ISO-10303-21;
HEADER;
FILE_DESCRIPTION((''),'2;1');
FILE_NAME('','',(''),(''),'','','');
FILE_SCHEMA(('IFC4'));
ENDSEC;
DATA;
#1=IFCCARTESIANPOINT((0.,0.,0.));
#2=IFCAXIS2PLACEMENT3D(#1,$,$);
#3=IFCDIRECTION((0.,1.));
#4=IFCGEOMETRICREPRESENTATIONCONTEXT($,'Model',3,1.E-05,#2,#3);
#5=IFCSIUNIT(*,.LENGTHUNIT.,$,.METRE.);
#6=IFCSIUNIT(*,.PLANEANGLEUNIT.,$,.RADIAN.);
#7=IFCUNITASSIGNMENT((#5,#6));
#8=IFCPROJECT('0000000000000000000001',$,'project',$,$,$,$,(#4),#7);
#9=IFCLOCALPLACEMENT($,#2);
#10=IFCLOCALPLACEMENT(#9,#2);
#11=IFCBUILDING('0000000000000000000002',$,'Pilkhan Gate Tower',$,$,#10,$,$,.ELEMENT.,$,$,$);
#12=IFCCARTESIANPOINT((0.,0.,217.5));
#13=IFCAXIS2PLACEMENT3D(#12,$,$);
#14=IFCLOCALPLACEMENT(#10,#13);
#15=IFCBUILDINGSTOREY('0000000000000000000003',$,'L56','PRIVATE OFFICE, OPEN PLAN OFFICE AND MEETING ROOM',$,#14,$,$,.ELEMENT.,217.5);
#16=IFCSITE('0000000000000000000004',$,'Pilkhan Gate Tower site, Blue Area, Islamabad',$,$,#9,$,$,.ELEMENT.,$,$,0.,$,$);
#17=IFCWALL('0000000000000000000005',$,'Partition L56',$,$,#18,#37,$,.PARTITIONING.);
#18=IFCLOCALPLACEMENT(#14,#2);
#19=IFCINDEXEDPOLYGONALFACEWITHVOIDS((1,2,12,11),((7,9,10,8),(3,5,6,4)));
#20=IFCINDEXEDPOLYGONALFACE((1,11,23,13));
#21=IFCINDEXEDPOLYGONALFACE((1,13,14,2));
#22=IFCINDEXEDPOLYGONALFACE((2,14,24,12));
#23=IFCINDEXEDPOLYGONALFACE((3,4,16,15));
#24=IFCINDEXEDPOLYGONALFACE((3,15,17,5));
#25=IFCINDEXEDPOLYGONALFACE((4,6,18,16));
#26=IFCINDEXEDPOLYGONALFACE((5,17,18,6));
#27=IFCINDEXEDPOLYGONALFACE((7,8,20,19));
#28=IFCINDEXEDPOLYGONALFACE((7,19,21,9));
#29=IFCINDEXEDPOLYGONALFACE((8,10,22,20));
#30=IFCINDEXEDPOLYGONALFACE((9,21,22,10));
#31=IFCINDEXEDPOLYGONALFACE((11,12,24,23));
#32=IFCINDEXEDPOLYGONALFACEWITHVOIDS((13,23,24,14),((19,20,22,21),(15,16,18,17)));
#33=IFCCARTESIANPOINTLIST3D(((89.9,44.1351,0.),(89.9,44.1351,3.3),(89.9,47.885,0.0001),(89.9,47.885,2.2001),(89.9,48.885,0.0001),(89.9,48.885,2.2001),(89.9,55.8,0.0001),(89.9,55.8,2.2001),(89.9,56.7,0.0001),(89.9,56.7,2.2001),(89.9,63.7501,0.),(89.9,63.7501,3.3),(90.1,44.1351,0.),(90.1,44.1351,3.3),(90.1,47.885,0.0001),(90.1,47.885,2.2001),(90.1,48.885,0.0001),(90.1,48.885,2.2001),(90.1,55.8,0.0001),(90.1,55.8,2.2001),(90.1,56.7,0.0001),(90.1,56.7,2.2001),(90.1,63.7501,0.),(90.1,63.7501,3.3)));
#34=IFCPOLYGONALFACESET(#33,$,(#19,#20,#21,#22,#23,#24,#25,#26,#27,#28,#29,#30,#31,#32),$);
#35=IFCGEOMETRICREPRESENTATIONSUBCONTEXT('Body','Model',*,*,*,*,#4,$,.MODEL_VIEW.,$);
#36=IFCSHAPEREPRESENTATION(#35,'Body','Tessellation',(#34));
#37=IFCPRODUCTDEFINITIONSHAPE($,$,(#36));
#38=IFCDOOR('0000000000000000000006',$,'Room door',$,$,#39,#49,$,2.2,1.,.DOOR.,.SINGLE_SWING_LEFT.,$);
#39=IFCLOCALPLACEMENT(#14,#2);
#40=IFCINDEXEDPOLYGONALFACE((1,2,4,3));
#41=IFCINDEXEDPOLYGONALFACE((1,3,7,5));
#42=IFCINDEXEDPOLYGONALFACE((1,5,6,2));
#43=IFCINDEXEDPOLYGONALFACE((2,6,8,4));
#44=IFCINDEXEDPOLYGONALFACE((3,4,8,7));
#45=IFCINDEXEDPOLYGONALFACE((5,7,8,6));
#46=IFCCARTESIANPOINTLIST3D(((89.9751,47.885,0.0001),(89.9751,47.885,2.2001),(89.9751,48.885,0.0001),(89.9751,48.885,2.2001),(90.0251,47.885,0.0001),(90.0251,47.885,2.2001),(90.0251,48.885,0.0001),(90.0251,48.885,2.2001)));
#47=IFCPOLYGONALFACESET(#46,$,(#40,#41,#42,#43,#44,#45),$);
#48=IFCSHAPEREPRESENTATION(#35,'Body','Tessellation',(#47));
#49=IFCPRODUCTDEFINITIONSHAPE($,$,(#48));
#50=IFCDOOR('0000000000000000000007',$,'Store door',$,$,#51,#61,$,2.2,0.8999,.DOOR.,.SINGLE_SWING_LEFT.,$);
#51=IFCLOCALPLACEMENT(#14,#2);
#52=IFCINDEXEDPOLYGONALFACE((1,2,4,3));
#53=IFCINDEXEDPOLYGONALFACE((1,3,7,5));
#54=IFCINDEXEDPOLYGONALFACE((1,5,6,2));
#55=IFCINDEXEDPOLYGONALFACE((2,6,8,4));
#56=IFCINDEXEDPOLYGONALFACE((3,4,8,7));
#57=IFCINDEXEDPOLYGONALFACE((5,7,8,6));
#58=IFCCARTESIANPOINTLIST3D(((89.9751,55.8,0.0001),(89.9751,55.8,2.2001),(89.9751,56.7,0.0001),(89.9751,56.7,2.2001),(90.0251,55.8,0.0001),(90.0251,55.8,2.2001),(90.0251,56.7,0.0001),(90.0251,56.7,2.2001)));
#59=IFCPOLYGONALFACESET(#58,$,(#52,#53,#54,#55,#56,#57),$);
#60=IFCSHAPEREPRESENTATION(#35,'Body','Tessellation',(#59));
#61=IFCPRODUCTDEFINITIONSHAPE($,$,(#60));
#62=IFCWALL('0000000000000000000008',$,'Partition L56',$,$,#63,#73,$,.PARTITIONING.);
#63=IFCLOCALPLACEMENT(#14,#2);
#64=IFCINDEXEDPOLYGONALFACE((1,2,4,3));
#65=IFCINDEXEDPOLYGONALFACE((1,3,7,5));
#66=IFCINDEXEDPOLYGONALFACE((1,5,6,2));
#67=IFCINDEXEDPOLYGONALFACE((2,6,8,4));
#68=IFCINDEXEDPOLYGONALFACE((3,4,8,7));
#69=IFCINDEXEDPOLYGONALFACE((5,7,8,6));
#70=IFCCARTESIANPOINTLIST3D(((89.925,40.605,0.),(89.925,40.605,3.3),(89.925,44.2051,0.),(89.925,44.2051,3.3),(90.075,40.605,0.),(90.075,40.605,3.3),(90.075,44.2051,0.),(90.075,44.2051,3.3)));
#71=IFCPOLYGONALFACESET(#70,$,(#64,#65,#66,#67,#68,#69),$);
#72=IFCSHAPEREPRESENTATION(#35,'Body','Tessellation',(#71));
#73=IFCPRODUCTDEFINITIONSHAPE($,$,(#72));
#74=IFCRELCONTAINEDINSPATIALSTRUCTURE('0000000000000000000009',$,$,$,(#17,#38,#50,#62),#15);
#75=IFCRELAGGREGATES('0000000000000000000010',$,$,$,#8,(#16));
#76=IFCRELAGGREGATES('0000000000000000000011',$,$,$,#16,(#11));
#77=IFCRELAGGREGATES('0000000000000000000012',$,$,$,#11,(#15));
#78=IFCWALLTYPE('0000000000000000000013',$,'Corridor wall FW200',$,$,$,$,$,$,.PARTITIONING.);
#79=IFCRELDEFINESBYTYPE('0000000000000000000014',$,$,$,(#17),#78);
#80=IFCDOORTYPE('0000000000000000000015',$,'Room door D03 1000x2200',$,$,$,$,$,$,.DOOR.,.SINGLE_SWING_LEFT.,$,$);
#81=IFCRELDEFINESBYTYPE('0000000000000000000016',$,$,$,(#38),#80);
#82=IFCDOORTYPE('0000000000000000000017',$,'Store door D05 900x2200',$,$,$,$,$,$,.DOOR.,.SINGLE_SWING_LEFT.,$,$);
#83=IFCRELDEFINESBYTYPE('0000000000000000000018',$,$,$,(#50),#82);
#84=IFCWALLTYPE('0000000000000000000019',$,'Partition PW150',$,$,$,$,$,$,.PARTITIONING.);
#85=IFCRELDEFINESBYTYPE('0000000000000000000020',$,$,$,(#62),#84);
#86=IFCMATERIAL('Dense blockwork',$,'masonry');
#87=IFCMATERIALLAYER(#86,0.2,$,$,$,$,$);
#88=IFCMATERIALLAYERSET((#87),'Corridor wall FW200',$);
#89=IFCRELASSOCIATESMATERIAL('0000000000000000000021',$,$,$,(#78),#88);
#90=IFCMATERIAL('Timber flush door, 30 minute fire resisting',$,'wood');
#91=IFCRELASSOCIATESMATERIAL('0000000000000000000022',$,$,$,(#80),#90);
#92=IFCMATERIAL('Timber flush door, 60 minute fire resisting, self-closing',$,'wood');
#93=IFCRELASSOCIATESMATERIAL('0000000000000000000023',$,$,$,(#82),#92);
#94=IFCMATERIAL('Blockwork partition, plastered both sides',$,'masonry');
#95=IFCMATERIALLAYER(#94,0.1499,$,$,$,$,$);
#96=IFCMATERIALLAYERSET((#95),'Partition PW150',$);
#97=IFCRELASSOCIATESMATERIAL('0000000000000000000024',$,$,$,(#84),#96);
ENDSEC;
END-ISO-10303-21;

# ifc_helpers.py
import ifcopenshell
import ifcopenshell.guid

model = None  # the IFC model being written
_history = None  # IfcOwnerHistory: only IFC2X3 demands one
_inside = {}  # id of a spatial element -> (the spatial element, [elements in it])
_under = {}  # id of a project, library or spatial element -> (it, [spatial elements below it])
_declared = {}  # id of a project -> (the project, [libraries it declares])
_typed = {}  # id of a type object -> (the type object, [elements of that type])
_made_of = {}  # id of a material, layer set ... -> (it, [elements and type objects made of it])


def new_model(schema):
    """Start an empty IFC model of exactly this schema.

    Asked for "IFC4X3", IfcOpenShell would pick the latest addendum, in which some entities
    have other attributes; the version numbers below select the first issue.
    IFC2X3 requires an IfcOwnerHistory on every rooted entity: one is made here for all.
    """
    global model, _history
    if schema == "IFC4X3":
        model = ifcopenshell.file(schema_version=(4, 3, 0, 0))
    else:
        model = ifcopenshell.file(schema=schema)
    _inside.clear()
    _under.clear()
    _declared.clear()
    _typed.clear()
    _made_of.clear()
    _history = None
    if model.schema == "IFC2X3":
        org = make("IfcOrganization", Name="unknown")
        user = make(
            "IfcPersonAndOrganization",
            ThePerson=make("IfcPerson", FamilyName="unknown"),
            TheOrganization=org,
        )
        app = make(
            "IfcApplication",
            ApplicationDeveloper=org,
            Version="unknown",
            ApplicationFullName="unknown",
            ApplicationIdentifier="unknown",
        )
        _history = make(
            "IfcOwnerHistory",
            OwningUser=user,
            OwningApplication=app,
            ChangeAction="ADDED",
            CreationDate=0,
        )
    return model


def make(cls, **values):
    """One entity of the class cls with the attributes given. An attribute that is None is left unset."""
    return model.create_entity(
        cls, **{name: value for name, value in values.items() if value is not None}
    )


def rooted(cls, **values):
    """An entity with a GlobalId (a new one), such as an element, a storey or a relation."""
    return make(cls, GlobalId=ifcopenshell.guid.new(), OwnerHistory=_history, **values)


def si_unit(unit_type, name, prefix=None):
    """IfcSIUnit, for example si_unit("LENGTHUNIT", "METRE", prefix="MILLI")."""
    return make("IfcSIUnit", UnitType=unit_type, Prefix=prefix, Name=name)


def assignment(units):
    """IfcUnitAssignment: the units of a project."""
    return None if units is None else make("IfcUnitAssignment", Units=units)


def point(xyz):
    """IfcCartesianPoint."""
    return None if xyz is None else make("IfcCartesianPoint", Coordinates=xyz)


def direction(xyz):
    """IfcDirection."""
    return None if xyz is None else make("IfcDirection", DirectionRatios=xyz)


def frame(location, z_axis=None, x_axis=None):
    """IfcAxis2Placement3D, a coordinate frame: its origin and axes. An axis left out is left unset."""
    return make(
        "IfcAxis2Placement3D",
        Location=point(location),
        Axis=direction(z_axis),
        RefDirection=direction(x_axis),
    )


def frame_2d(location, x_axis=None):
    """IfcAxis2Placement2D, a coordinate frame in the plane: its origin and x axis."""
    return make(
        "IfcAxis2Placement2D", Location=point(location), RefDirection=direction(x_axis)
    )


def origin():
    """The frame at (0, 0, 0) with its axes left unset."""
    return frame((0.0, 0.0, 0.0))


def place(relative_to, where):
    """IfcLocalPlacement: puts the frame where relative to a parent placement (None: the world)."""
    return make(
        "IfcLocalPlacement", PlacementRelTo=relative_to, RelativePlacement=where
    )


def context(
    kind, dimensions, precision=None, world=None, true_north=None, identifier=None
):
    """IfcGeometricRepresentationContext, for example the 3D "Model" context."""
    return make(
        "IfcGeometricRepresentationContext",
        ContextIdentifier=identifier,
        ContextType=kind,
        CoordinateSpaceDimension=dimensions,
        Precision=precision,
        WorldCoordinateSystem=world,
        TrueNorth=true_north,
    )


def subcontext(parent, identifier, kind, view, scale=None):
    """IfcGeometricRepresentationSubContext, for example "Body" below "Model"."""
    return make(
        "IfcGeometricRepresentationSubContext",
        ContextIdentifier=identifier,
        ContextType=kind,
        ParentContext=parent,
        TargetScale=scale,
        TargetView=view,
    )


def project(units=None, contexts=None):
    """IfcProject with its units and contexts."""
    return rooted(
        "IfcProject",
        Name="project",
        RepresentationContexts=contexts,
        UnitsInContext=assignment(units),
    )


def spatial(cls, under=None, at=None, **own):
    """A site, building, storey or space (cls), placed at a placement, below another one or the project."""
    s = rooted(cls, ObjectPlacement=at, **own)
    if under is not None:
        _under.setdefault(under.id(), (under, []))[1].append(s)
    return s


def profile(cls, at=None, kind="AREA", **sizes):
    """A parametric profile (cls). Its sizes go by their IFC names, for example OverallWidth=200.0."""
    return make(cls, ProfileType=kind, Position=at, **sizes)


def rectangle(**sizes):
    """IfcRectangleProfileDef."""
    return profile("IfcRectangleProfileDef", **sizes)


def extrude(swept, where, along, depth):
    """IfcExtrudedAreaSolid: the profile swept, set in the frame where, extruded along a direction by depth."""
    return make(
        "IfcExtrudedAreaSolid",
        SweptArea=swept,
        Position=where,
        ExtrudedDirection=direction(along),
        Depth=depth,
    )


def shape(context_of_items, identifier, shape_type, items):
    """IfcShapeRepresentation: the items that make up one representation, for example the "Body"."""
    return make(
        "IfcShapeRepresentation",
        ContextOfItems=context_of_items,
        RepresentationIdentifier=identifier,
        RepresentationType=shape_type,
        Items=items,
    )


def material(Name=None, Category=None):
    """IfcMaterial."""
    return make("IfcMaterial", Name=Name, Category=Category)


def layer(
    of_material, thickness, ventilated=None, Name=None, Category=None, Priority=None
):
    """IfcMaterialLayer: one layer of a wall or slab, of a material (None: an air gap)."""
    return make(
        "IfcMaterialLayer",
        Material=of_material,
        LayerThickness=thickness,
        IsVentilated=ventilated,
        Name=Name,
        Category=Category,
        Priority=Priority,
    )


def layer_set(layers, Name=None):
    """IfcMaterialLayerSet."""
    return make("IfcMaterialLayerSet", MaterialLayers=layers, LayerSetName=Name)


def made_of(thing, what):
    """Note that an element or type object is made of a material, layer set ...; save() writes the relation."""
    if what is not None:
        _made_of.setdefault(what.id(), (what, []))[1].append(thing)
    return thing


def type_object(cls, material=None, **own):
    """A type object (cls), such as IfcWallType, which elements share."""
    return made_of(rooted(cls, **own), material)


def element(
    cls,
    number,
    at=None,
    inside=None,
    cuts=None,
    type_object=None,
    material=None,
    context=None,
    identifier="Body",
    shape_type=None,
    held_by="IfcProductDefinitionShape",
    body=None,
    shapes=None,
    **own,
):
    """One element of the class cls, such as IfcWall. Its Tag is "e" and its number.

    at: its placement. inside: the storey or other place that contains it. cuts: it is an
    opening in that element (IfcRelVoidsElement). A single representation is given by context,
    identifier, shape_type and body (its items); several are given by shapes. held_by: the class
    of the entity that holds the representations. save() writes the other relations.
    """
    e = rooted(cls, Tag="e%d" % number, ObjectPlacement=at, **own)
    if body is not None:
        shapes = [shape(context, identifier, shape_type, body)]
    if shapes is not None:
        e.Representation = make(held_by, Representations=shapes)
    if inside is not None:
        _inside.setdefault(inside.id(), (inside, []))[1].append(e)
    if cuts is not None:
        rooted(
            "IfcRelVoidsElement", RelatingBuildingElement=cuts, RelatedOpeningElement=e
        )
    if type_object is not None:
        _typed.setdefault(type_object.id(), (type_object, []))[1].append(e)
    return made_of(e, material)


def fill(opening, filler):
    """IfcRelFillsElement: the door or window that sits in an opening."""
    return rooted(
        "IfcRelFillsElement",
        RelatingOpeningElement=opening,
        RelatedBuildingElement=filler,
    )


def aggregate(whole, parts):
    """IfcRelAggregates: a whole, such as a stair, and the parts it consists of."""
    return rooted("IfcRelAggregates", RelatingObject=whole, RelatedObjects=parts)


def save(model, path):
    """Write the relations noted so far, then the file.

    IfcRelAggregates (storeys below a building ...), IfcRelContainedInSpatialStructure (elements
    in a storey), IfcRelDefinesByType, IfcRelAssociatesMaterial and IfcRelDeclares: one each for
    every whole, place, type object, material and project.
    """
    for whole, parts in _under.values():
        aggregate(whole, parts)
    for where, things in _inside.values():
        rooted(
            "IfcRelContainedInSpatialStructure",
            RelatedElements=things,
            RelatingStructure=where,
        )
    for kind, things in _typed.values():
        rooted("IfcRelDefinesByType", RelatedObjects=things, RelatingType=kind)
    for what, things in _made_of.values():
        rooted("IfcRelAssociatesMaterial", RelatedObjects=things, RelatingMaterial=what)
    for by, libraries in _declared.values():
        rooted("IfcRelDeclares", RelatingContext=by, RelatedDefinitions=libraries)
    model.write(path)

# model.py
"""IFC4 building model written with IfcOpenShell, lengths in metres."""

from ifc_helpers import new_model, si_unit, direction, frame, frame_2d, origin, place, context, subcontext, project, spatial, rectangle, extrude, material, layer, layer_set, type_object, element, fill, save


model = new_model("IFC4")

# Units and contexts
model_context = context("Model", 3, precision=1e-05, world=origin(), true_north=direction((0.0, 1.0)))
body_context = subcontext(model_context, "Body", "Model", "MODEL_VIEW")
ifc_project = project(units=[si_unit("LENGTHUNIT", "METRE"), si_unit("PLANEANGLEUNIT", "RADIAN")], contexts=[model_context])

# Site, building, storey
site_placement = place(None, origin())
site = spatial("IfcSite", under=ifc_project, at=site_placement, Name="Pilkhan Gate Tower site, Blue Area, Islamabad", CompositionType="ELEMENT", RefElevation=0.0)
building_placement = place(site_placement, origin())
building = spatial("IfcBuilding", under=site, at=building_placement, Name="Pilkhan Gate Tower", CompositionType="ELEMENT")
storey_placement = place(building_placement, frame((0.0, 0.0, 217.5)))
storey = spatial("IfcBuildingStorey", under=building, at=storey_placement, Name="L56", Description="PRIVATE OFFICE, OPEN PLAN OFFICE AND MEETING ROOM", CompositionType="ELEMENT", Elevation=217.5)

# Shared definitions
ifc_material_1 = material(Name="Dense blockwork", Category="masonry")
ifc_layer_1 = layer(ifc_material_1, 0.2)
ifc_layer_set_1 = layer_set([ifc_layer_1], Name="Corridor wall FW200")
wall_type_1 = type_object("IfcWallType", Name="Corridor wall FW200", PredefinedType="PARTITIONING", material=ifc_layer_set_1)

# Wall, openings, doors
wall_1_placement = place(storey_placement, frame((90.0, 44.135, 0.0), z_axis=(0.0, 0.0, 1.0), x_axis=(0.0, 1.0, 0.0)))
wall_1 = element("IfcWall", 1, at=wall_1_placement, inside=storey, type_object=wall_type_1, Name="Partition L56", PredefinedType="PARTITIONING", context=body_context, shape_type="SweptSolid", body=[
    extrude(rectangle(XDim=19.615, YDim=0.2, at=frame_2d((9.8076, 0.0))), origin(), (0.0, 0.0, 1.0), 3.3),
])
opening_1_placement = place(wall_1_placement, frame((3.75, 0.0, 0.0)))
opening_1 = element("IfcOpeningElement", 2, at=opening_1_placement, cuts=wall_1, PredefinedType="OPENING", context=body_context, shape_type="SweptSolid", body=[
    extrude(rectangle(XDim=1.0, YDim=2.2, at=frame_2d((0.5, 1.1001))), frame((0.0, 0.1099, 0.0), z_axis=(0.0, -1.0, 0.0), x_axis=(1.0, 0.0, 0.0)), (0.0, 0.0, 1.0), 0.22),
])
opening_2_placement = place(wall_1_placement, frame((11.665, 0.0, 0.0)))
opening_2 = element("IfcOpeningElement", 3, at=opening_2_placement, cuts=wall_1, PredefinedType="OPENING", context=body_context, shape_type="SweptSolid", body=[
    extrude(rectangle(XDim=0.8999, YDim=2.2, at=frame_2d((0.45, 1.1001))), frame((0.0, 0.1099, 0.0), z_axis=(0.0, -1.0, 0.0), x_axis=(1.0, 0.0, 0.0)), (0.0, 0.0, 1.0), 0.22),
])
ifc_material_2 = material(Name="Timber flush door, 30 minute fire resisting", Category="wood")
door_type_1 = type_object("IfcDoorType", Name="Room door D03 1000x2200", OperationType="SINGLE_SWING_LEFT", PredefinedType="DOOR", material=ifc_material_2)
door_1_placement = place(opening_1_placement, origin())
door_1 = element("IfcDoor", 4, at=door_1_placement, inside=storey, type_object=door_type_1, Name="Room door", OperationType="SINGLE_SWING_LEFT", OverallHeight=2.2, OverallWidth=1.0, PredefinedType="DOOR", context=body_context, shape_type="SweptSolid", body=[
    extrude(rectangle(XDim=1.0, YDim=2.2, at=frame_2d((0.5, 1.1001))), frame((0.0, 0.0249, 0.0), z_axis=(0.0, -1.0, 0.0), x_axis=(1.0, 0.0, 0.0)), (0.0, 0.0, 1.0), 0.05),
])
fill(opening_1, door_1)
ifc_material_3 = material(Name="Timber flush door, 60 minute fire resisting, self-closing", Category="wood")
door_type_2 = type_object("IfcDoorType", Name="Store door D05 900x2200", OperationType="SINGLE_SWING_LEFT", PredefinedType="DOOR", material=ifc_material_3)
door_2_placement = place(opening_2_placement, origin())
door_2 = element("IfcDoor", 5, at=door_2_placement, inside=storey, type_object=door_type_2, Name="Store door", OperationType="SINGLE_SWING_LEFT", OverallHeight=2.2, OverallWidth=0.8999, PredefinedType="DOOR", context=body_context, shape_type="SweptSolid", body=[
    extrude(rectangle(XDim=0.8999, YDim=2.2, at=frame_2d((0.45, 1.1001))), frame((0.0, 0.0249, 0.0), z_axis=(0.0, -1.0, 0.0), x_axis=(1.0, 0.0, 0.0)), (0.0, 0.0, 1.0), 0.05),
])
fill(opening_2, door_2)

# Wall
ifc_material_4 = material(Name="Blockwork partition, plastered both sides", Category="masonry")
ifc_layer_2 = layer(ifc_material_4, 0.1499)
ifc_layer_set_2 = layer_set([ifc_layer_2], Name="Partition PW150")
wall_type_2 = type_object("IfcWallType", Name="Partition PW150", PredefinedType="PARTITIONING", material=ifc_layer_set_2)
wall_2_placement = place(storey_placement, frame((90.0, 40.605, 0.0), z_axis=(0.0, 0.0, 1.0), x_axis=(0.0, 1.0, 0.0)))
element("IfcWall", 6, at=wall_2_placement, inside=storey, type_object=wall_type_2, Name="Partition L56", PredefinedType="PARTITIONING", context=body_context, shape_type="SweptSolid", body=[
    extrude(rectangle(XDim=3.6001, YDim=0.1499, at=frame_2d((1.8, 0.0))), origin(), (0.0, 0.0, 1.0), 3.3),
])

save(model, "model.ifc")
